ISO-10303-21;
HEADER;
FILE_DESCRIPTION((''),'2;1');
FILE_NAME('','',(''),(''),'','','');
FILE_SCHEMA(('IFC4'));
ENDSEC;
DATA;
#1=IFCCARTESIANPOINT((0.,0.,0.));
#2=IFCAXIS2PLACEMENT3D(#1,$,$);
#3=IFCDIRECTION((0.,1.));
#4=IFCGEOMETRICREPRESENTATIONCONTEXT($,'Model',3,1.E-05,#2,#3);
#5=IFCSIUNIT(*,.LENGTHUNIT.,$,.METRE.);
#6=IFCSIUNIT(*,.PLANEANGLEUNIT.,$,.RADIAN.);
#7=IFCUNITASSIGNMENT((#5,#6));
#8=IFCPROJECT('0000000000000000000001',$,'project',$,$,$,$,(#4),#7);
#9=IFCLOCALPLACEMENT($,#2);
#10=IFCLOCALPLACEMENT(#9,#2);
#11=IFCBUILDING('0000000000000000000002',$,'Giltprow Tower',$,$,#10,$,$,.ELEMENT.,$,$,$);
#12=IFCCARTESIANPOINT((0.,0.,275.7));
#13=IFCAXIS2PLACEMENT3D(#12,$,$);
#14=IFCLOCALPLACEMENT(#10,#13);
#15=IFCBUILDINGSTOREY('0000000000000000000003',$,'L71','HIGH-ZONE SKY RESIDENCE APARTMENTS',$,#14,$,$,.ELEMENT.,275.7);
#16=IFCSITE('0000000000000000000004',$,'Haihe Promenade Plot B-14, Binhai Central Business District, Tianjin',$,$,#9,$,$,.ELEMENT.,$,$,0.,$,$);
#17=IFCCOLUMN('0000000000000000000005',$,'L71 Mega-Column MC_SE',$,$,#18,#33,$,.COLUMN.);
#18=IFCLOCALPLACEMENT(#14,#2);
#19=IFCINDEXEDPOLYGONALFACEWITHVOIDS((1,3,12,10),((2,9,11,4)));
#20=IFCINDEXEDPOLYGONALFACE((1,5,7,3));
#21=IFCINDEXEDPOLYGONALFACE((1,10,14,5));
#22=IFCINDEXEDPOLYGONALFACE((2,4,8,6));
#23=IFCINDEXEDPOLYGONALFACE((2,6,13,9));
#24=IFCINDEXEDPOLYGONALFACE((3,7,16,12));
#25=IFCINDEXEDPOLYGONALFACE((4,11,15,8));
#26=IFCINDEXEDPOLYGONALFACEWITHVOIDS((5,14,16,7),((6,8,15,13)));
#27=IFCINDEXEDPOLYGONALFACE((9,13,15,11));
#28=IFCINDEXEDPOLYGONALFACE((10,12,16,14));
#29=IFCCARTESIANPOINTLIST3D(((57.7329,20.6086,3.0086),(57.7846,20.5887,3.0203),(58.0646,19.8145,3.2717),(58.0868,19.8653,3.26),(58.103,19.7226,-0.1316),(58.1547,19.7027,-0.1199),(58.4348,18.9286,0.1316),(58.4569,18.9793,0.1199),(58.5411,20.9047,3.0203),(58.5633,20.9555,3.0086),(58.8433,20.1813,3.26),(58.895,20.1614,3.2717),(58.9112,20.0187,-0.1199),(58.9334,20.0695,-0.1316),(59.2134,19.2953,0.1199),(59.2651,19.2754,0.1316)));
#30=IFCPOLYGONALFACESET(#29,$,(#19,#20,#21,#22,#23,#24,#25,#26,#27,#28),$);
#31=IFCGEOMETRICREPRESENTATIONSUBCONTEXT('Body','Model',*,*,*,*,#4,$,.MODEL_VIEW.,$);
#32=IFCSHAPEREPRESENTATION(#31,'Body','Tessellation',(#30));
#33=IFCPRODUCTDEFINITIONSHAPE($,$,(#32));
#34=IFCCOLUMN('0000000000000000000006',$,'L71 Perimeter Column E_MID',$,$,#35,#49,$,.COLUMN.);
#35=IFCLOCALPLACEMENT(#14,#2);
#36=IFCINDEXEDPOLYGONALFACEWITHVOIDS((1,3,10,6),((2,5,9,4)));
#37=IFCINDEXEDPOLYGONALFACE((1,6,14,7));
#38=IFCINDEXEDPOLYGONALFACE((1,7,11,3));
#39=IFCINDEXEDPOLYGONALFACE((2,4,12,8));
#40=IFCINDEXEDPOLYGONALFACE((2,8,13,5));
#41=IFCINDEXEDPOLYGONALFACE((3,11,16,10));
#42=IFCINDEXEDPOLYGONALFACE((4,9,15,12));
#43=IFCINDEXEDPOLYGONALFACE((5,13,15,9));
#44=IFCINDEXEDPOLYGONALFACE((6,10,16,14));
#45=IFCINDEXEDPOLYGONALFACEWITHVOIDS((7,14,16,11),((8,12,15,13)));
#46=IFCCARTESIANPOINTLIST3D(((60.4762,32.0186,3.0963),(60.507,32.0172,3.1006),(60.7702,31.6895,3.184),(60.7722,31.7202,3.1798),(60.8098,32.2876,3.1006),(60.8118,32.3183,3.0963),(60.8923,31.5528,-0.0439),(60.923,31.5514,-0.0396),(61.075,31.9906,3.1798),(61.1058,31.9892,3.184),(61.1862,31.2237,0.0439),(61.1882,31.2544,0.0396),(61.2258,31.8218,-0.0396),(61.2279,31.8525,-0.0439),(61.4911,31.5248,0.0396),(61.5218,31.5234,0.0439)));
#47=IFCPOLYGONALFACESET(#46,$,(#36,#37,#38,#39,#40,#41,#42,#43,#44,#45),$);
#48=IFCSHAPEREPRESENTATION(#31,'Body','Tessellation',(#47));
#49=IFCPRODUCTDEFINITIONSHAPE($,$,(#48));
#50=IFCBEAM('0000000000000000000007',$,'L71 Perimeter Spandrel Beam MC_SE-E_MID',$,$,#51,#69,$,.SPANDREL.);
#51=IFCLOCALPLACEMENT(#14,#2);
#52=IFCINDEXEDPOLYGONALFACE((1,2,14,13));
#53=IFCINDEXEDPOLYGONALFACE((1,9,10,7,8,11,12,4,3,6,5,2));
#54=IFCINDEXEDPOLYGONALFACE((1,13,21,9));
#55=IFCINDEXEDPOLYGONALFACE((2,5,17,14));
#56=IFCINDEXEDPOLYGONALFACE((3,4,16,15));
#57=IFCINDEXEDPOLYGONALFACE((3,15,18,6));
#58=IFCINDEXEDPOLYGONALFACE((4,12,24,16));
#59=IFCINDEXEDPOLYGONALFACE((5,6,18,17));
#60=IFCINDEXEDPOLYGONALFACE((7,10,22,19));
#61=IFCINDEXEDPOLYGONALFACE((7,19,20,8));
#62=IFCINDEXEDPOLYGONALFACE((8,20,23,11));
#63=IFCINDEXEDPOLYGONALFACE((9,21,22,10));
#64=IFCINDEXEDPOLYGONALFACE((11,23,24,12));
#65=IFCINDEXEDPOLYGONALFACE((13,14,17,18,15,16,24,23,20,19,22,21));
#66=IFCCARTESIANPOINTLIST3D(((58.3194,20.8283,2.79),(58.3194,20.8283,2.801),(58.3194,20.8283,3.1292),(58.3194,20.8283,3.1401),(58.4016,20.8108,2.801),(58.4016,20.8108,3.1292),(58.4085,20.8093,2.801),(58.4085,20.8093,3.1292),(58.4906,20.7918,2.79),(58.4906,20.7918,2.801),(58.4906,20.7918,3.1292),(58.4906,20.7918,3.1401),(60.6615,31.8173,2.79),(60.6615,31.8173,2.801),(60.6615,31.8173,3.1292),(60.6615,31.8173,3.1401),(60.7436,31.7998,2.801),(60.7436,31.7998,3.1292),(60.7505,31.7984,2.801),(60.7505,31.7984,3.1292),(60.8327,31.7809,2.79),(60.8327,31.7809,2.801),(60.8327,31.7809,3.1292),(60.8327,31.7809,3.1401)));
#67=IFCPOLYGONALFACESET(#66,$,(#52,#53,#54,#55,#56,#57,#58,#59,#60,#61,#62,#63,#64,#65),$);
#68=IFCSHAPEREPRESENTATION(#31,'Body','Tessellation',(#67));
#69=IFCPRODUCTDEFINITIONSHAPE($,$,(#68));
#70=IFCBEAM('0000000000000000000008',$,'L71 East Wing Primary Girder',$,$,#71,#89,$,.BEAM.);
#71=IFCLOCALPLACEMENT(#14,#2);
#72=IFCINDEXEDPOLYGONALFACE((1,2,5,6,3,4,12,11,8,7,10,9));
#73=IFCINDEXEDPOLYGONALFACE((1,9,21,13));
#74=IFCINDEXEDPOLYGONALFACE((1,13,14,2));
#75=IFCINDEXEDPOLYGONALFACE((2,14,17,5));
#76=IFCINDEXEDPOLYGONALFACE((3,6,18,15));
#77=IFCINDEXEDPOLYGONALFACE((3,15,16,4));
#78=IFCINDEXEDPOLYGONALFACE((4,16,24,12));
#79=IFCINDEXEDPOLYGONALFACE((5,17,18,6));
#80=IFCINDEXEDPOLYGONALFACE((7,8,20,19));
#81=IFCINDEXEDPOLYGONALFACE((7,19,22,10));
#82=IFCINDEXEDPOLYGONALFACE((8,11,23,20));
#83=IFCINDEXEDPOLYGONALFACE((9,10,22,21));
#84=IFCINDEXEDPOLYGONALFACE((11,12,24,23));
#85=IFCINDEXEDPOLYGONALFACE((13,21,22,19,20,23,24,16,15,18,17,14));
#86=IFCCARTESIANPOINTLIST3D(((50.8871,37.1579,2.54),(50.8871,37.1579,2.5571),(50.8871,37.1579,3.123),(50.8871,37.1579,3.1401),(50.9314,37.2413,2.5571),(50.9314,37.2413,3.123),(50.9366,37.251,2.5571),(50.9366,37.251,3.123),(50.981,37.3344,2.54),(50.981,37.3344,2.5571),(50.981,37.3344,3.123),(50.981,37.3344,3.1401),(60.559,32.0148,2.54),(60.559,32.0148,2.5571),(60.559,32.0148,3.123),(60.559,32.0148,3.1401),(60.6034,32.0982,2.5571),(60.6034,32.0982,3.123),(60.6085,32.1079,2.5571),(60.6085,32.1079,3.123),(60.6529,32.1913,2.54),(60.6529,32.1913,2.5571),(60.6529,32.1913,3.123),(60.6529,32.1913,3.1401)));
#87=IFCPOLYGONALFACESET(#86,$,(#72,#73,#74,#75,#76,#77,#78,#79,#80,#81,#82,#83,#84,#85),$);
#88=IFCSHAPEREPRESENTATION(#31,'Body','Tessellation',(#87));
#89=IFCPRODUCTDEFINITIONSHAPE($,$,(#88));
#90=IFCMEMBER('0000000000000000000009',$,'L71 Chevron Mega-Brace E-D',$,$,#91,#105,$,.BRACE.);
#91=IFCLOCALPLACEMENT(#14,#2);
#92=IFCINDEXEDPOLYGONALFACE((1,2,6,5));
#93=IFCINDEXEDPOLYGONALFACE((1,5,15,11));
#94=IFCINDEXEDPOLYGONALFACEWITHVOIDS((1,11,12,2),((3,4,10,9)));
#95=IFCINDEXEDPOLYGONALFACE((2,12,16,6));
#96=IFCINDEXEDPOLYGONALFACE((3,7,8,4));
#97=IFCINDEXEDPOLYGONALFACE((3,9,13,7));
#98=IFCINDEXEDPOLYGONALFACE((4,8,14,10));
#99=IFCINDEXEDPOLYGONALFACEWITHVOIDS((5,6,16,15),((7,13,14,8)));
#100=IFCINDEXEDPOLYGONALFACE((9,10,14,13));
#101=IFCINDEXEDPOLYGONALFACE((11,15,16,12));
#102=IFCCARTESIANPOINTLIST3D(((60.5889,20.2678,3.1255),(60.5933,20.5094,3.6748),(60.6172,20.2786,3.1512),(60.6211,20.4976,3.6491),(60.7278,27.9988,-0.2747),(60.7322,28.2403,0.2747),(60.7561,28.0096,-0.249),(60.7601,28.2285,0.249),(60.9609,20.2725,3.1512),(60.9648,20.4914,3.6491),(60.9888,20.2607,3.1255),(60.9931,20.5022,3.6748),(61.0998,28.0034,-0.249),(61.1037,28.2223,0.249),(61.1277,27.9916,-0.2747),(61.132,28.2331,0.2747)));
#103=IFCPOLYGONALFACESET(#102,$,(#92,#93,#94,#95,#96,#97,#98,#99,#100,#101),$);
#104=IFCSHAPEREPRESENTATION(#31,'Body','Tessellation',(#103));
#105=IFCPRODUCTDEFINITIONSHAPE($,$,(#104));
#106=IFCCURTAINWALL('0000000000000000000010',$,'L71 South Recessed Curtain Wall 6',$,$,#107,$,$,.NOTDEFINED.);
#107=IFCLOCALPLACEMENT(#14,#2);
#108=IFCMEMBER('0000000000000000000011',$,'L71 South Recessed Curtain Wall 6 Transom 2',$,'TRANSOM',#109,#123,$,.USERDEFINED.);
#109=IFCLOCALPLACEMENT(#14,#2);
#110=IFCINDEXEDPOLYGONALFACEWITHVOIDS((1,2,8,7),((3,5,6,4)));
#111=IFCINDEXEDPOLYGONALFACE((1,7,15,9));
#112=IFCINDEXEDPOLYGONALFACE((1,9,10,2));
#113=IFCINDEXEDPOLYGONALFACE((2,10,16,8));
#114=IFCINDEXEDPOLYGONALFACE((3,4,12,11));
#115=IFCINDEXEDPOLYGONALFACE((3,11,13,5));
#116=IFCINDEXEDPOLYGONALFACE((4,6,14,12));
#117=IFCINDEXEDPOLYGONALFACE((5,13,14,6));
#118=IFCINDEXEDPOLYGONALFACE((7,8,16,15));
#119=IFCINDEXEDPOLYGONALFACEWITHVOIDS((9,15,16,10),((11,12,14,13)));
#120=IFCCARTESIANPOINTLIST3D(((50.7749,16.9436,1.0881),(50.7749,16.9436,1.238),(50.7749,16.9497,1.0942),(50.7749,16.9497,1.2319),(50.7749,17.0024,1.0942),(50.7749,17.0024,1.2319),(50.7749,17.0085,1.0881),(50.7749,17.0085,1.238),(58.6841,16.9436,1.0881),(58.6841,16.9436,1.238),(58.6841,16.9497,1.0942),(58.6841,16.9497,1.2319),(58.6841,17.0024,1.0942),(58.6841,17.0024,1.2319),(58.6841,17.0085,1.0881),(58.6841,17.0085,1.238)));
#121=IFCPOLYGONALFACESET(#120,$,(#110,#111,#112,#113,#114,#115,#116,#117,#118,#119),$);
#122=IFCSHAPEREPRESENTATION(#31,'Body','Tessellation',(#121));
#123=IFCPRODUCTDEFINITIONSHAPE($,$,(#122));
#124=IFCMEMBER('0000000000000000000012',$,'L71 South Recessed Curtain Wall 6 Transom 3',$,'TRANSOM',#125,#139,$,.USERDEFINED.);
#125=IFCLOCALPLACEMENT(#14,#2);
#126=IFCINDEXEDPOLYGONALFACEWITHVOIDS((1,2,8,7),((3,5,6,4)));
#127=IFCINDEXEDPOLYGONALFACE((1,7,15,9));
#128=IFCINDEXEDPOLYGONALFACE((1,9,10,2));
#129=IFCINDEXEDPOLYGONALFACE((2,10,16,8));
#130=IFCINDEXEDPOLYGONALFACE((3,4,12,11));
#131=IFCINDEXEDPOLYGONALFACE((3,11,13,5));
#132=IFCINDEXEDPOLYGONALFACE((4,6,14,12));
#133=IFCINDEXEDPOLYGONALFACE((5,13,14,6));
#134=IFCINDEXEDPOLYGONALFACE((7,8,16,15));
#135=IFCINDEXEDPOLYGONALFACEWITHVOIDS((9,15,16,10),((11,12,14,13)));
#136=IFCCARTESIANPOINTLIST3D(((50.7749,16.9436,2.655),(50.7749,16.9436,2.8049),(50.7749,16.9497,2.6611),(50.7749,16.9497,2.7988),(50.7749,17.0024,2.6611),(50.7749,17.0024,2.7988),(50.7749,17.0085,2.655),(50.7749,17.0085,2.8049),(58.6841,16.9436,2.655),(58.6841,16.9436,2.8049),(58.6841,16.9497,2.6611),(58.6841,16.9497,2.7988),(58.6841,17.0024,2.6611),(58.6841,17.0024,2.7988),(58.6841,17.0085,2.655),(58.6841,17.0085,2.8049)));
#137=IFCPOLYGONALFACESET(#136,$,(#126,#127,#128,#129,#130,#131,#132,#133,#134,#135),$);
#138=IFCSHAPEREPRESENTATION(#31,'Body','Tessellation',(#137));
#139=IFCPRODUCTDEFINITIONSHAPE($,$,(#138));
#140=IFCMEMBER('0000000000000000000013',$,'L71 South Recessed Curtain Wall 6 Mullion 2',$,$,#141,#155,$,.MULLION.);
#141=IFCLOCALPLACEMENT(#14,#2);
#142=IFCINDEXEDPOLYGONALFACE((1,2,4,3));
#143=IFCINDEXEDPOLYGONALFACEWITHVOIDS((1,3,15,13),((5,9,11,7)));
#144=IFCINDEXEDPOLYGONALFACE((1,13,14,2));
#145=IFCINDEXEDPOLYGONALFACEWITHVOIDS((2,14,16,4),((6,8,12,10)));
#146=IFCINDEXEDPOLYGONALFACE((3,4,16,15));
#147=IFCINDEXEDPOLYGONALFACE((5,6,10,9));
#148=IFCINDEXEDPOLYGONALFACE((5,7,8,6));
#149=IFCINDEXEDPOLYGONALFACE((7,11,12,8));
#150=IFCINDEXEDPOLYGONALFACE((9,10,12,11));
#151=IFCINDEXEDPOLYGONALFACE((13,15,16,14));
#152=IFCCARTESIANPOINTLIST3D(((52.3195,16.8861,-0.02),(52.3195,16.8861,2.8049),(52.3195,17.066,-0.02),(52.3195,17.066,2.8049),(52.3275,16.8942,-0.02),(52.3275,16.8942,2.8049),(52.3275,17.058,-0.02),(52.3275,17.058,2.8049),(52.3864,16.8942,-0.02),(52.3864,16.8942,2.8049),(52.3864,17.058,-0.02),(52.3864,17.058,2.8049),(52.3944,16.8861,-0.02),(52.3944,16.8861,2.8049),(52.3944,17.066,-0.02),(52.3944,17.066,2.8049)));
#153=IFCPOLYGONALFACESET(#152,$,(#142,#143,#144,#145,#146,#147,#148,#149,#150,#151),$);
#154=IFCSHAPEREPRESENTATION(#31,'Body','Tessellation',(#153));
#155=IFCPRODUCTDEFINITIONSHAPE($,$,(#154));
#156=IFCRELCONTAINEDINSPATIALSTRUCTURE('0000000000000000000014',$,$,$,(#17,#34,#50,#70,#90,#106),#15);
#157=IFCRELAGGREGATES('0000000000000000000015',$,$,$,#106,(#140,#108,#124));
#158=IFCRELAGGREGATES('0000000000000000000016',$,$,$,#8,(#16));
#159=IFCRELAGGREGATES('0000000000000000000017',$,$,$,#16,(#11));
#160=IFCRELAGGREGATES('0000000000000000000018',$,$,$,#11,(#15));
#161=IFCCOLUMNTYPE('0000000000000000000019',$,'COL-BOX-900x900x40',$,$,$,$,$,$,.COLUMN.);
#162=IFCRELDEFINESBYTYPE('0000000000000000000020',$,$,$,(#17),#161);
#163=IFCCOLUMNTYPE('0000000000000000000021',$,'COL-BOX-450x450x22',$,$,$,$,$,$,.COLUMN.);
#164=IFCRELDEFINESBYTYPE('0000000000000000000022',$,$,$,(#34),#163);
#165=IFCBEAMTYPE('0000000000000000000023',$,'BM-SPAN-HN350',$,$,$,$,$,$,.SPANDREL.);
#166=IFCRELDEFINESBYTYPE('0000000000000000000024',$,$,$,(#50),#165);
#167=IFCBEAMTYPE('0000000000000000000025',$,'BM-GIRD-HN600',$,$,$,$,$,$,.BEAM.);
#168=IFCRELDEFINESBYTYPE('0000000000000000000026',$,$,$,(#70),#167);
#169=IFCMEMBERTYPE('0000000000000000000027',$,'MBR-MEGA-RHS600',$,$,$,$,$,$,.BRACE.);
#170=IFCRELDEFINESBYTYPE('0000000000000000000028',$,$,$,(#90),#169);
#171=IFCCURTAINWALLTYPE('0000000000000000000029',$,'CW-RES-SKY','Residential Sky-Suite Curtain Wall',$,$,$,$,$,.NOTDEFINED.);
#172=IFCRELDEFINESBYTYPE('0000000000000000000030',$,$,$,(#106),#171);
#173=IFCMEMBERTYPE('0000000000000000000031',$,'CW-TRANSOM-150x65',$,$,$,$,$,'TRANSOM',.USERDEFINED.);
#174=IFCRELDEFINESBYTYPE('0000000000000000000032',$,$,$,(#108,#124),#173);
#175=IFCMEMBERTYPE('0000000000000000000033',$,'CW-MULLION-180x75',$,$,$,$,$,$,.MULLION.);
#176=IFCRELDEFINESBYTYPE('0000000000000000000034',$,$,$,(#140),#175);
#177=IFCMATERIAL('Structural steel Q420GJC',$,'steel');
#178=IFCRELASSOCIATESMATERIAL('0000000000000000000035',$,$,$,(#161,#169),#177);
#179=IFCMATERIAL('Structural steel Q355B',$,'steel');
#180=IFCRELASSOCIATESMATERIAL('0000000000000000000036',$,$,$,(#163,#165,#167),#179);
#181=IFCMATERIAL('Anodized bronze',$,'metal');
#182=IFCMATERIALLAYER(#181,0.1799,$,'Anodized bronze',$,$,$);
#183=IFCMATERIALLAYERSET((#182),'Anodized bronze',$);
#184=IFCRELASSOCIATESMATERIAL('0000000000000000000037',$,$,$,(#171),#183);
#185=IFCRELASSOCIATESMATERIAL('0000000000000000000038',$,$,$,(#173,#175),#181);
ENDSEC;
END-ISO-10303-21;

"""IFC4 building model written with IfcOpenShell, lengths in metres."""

from ifc_helpers import new_model, si_unit, direction, frame, origin, origin_2d, place, context, subcontext, project, spatial, hollow_rectangle, i_section, extrude, source, transform, mapped, material, layer, layer_set, material_profile, profile_set, type_object, element, aggregate, save


model = new_model("IFC4")

# Units and contexts
model_context = context("Model", 3, precision=1e-05, world=origin(), true_north=direction((0.0, 1.0)))
body_context = subcontext(model_context, "Body", "Model", "MODEL_VIEW")
ifc_project = project(units=[si_unit("LENGTHUNIT", "METRE"), si_unit("PLANEANGLEUNIT", "RADIAN")], contexts=[model_context])

# Site, building, storey
site_placement = place(None, origin())
site = spatial("IfcSite", under=ifc_project, at=site_placement, Name="Haihe Promenade Plot B-14, Binhai Central Business District, Tianjin", CompositionType="ELEMENT", RefElevation=0.0)
building_placement = place(site_placement, origin())
building = spatial("IfcBuilding", under=site, at=building_placement, Name="Giltprow Tower", CompositionType="ELEMENT")
storey_placement = place(building_placement, frame((0.0, 0.0, 275.7)))
storey = spatial("IfcBuildingStorey", under=building, at=storey_placement, Name="L71", Description="HIGH-ZONE SKY RESIDENCE APARTMENTS", CompositionType="ELEMENT", Elevation=275.7)

# Columns
ifc_material_1 = material(Name="Structural steel Q420GJC", Category="steel")
ifc_material_profile_1 = material_profile(ifc_material_1, hollow_rectangle(XDim=0.8999, YDim=0.8999, WallThickness=0.04, at=origin_2d()), Name="BOX 900x900x40")
ifc_profile_set_1 = profile_set([ifc_material_profile_1], Name="Structural steel Q420GJC")
column_type_1 = type_object("IfcColumnType", Name="COL-BOX-900x900x40", PredefinedType="COLUMN", material=ifc_profile_set_1)
shared_shape_1 = source(origin(), body_context, "Body", "SweptSolid", [
    extrude(hollow_rectangle(XDim=0.8999, YDim=0.8999, WallThickness=0.04, at=origin_2d()), origin(), (0.0, 0.0, 1.0), 3.2837),
])
column_1_placement = place(storey_placement, frame((58.6841, 19.499, 0.0), z_axis=(-0.112715, 0.269817, 0.956292), x_axis=(-0.922723, -0.385464, 0.0)))
element("IfcColumn", 1, at=column_1_placement, inside=storey, type_object=column_type_1, Name="L71 Mega-Column MC_SE", PredefinedType="COLUMN", context=body_context, shape_type="MappedRepresentation", body=[
    mapped(shared_shape_1, transform((0.0, 0.0, 0.0), x_axis=(1.0, 0.0, 0.0), y_axis=(0.0, 1.0, 0.0), z_axis=(0.0, 0.0, 1.0), scale=1.0)),
])
ifc_material_2 = material(Name="Structural steel Q355B", Category="steel")
ifc_material_profile_2 = material_profile(ifc_material_2, hollow_rectangle(XDim=0.45, YDim=0.45, WallThickness=0.022, at=origin_2d()), Name="BOX 450x450x22")
ifc_profile_set_2 = profile_set([ifc_material_profile_2], Name="Structural steel Q355B")
column_type_2 = type_object("IfcColumnType", Name="COL-BOX-450x450x22", PredefinedType="COLUMN", material=ifc_profile_set_2)
shared_shape_2 = source(origin(), body_context, "Body", "SweptSolid", [
    extrude(hollow_rectangle(XDim=0.45, YDim=0.45, WallThickness=0.022, at=origin_2d()), origin(), (0.0, 0.0, 1.0), 3.2017),
])
column_2_placement = place(storey_placement, frame((61.207, 31.5381, 0.0), z_axis=(-0.129938, 0.145494, 0.980789), x_axis=(-0.745854, -0.666109, 0.0)))
element("IfcColumn", 2, at=column_2_placement, inside=storey, type_object=column_type_2, Name="L71 Perimeter Column E_MID", PredefinedType="COLUMN", context=body_context, shape_type="MappedRepresentation", body=[
    mapped(shared_shape_2, transform((0.0, 0.0, 0.0), x_axis=(1.0, 0.0, 0.0), y_axis=(0.0, 1.0, 0.0), z_axis=(0.0, 0.0, 1.0), scale=1.0)),
])

# Beams
ifc_material_profile_3 = material_profile(ifc_material_2, i_section(OverallWidth=0.175, OverallDepth=0.3501, WebThickness=0.0071, FlangeThickness=0.011, at=origin_2d()), Name="HN 350x175x7x11")
ifc_profile_set_3 = profile_set([ifc_material_profile_3], Name="Structural steel Q355B")
beam_type_1 = type_object("IfcBeamType", Name="BM-SPAN-HN350", PredefinedType="SPANDREL", material=ifc_profile_set_3)
shared_shape_3 = source(origin(), body_context, "Body", "SweptSolid", [
    extrude(i_section(OverallWidth=0.175, OverallDepth=0.3501, WebThickness=0.0071, FlangeThickness=0.011, at=origin_2d()), origin(), (0.0, 0.0, 1.0), 11.2358),
])
beam_1_placement = place(storey_placement, frame((58.405, 20.8101, 2.9651), z_axis=(0.208444, 0.978034, 0.0), x_axis=(-0.978034, 0.208444, 0.0)))
element("IfcBeam", 3, at=beam_1_placement, inside=storey, type_object=beam_type_1, Name="L71 Perimeter Spandrel Beam MC_SE-E_MID", PredefinedType="SPANDREL", context=body_context, shape_type="MappedRepresentation", body=[
    mapped(shared_shape_3, transform((0.0, 0.0, 0.0), x_axis=(1.0, 0.0, 0.0), y_axis=(0.0, 1.0, 0.0), z_axis=(0.0, 0.0, 1.0), scale=1.0)),
])
ifc_material_profile_4 = material_profile(ifc_material_2, i_section(OverallWidth=0.2, OverallDepth=0.6001, WebThickness=0.011, FlangeThickness=0.0171, at=origin_2d()), Name="HN 600x200x11x17")
ifc_profile_set_4 = profile_set([ifc_material_profile_4], Name="Structural steel Q355B")
beam_type_2 = type_object("IfcBeamType", Name="BM-GIRD-HN600", PredefinedType="BEAM", material=ifc_profile_set_4)
shared_shape_4 = source(origin(), body_context, "Body", "SweptSolid", [
    extrude(i_section(OverallWidth=0.2, OverallDepth=0.6001, WebThickness=0.011, FlangeThickness=0.0171, at=origin_2d()), origin(), (0.0, 0.0, 1.0), 10.9543),
])
beam_2_placement = place(storey_placement, frame((60.606, 32.103, 2.8401), z_axis=(-0.882931, 0.469503, 0.0), x_axis=(-0.469503, -0.882931, 0.0)))
element("IfcBeam", 4, at=beam_2_placement, inside=storey, type_object=beam_type_2, Name="L71 East Wing Primary Girder", PredefinedType="BEAM", context=body_context, shape_type="MappedRepresentation", body=[
    mapped(shared_shape_4, transform((0.0, 0.0, 0.0), x_axis=(1.0, 0.0, 0.0), y_axis=(0.0, 1.0, 0.0), z_axis=(0.0, 0.0, 1.0), scale=1.0)),
])

# Member
ifc_material_profile_5 = material_profile(ifc_material_1, hollow_rectangle(XDim=0.3999, YDim=0.6001, WallThickness=0.0281, at=origin_2d()), Name="RHS 600x400x28")
ifc_profile_set_5 = profile_set([ifc_material_profile_5], Name="Structural steel Q420GJC")
member_type_1 = type_object("IfcMemberType", Name="MBR-MEGA-RHS600", PredefinedType="BRACE", material=ifc_profile_set_5)
shared_shape_5 = source(origin(), body_context, "Body", "SweptSolid", [
    extrude(hollow_rectangle(XDim=0.3999, YDim=0.6001, WallThickness=0.0281, at=origin_2d()), origin(), (0.0, 0.0, 1.0), 8.4468),
])
member_1_placement = place(storey_placement, frame((60.9299, 28.116, 0.0), z_axis=(-0.016446, -0.915256, 0.402538), x_axis=(0.999839, -0.017966, 0.0)))
element("IfcMember", 5, at=member_1_placement, inside=storey, type_object=member_type_1, Name="L71 Chevron Mega-Brace E-D", PredefinedType="BRACE", context=body_context, shape_type="MappedRepresentation", body=[
    mapped(shared_shape_5, transform((0.0, 0.0, 0.0), x_axis=(1.0, 0.0, 0.0), y_axis=(0.0, 1.0, 0.0), z_axis=(0.0, 0.0, 1.0), scale=1.0)),
])

# Curtain wall, members
ifc_material_3 = material(Name="Anodized bronze", Category="metal")
ifc_layer_1 = layer(ifc_material_3, 0.1799, Name="Anodized bronze")
ifc_layer_set_1 = layer_set([ifc_layer_1], Name="Anodized bronze")
curtain_wall_type = type_object("IfcCurtainWallType", Name="CW-RES-SKY", Description="Residential Sky-Suite Curtain Wall", PredefinedType="NOTDEFINED", material=ifc_layer_set_1)
curtain_wall_placement = place(storey_placement, origin())
curtain_wall = element("IfcCurtainWall", 6, at=curtain_wall_placement, inside=storey, type_object=curtain_wall_type, Name="L71 South Recessed Curtain Wall 6", PredefinedType="NOTDEFINED")
ifc_material_profile_6 = material_profile(ifc_material_3, hollow_rectangle(XDim=0.0649, YDim=0.1499, WallThickness=0.0061, at=origin_2d()), Name="RHS 150x65x6")
ifc_profile_set_6 = profile_set([ifc_material_profile_6], Name="Anodized bronze")
member_type_2 = type_object("IfcMemberType", Name="CW-TRANSOM-150x65", ElementType="TRANSOM", PredefinedType="USERDEFINED", material=ifc_profile_set_6)
shared_shape_6 = source(origin(), body_context, "Body", "SweptSolid", [
    extrude(hollow_rectangle(XDim=0.0649, YDim=0.1499, WallThickness=0.0061, at=origin_2d()), origin(), (0.0, 0.0, 1.0), 7.9092),
])
member_2_placement = place(storey_placement, frame((50.7749, 16.9761, 1.1631), z_axis=(1.0, 0.0, 0.0), x_axis=(0.0, 1.0, 0.0)))
member_2 = element("IfcMember", 7, at=member_2_placement, type_object=member_type_2, Name="L71 South Recessed Curtain Wall 6 Transom 2", ObjectType="TRANSOM", PredefinedType="USERDEFINED", context=body_context, shape_type="MappedRepresentation", body=[
    mapped(shared_shape_6, transform((0.0, 0.0, 0.0), x_axis=(1.0, 0.0, 0.0), y_axis=(0.0, 1.0, 0.0), z_axis=(0.0, 0.0, 1.0), scale=1.0)),
])
member_3_placement = place(storey_placement, frame((50.7749, 16.9761, 2.73), z_axis=(1.0, 0.0, 0.0), x_axis=(0.0, 1.0, 0.0)))
member_3 = element("IfcMember", 8, at=member_3_placement, type_object=member_type_2, Name="L71 South Recessed Curtain Wall 6 Transom 3", ObjectType="TRANSOM", PredefinedType="USERDEFINED", context=body_context, shape_type="MappedRepresentation", body=[
    mapped(shared_shape_6, transform((0.0, 0.0, 0.0), x_axis=(1.0, 0.0, 0.0), y_axis=(0.0, 1.0, 0.0), z_axis=(0.0, 0.0, 1.0), scale=1.0)),
])
ifc_material_profile_7 = material_profile(ifc_material_3, hollow_rectangle(XDim=0.075, YDim=0.1799, WallThickness=0.0081, at=origin_2d()), Name="RHS 180x75x8")
ifc_profile_set_7 = profile_set([ifc_material_profile_7], Name="Anodized bronze")
member_type_3 = type_object("IfcMemberType", Name="CW-MULLION-180x75", PredefinedType="MULLION", material=ifc_profile_set_7)
shared_shape_7 = source(origin(), body_context, "Body", "SweptSolid", [
    extrude(hollow_rectangle(XDim=0.075, YDim=0.1799, WallThickness=0.0081, at=origin_2d()), origin(), (0.0, 0.0, 1.0), 2.825),
])
member_4_placement = place(storey_placement, frame((52.3569, 16.9761, -0.02), z_axis=(0.0, 0.0, 1.0), x_axis=(1.0, 0.0, 0.0)))
member_4 = element("IfcMember", 9, at=member_4_placement, type_object=member_type_3, Name="L71 South Recessed Curtain Wall 6 Mullion 2", PredefinedType="MULLION", context=body_context, shape_type="MappedRepresentation", body=[
    mapped(shared_shape_7, transform((0.0, 0.0, 0.0), x_axis=(1.0, 0.0, 0.0), y_axis=(0.0, 1.0, 0.0), z_axis=(0.0, 0.0, 1.0), scale=1.0)),
])

aggregate(curtain_wall, [member_4, member_2, member_3])

save(model, "model.ifc")
